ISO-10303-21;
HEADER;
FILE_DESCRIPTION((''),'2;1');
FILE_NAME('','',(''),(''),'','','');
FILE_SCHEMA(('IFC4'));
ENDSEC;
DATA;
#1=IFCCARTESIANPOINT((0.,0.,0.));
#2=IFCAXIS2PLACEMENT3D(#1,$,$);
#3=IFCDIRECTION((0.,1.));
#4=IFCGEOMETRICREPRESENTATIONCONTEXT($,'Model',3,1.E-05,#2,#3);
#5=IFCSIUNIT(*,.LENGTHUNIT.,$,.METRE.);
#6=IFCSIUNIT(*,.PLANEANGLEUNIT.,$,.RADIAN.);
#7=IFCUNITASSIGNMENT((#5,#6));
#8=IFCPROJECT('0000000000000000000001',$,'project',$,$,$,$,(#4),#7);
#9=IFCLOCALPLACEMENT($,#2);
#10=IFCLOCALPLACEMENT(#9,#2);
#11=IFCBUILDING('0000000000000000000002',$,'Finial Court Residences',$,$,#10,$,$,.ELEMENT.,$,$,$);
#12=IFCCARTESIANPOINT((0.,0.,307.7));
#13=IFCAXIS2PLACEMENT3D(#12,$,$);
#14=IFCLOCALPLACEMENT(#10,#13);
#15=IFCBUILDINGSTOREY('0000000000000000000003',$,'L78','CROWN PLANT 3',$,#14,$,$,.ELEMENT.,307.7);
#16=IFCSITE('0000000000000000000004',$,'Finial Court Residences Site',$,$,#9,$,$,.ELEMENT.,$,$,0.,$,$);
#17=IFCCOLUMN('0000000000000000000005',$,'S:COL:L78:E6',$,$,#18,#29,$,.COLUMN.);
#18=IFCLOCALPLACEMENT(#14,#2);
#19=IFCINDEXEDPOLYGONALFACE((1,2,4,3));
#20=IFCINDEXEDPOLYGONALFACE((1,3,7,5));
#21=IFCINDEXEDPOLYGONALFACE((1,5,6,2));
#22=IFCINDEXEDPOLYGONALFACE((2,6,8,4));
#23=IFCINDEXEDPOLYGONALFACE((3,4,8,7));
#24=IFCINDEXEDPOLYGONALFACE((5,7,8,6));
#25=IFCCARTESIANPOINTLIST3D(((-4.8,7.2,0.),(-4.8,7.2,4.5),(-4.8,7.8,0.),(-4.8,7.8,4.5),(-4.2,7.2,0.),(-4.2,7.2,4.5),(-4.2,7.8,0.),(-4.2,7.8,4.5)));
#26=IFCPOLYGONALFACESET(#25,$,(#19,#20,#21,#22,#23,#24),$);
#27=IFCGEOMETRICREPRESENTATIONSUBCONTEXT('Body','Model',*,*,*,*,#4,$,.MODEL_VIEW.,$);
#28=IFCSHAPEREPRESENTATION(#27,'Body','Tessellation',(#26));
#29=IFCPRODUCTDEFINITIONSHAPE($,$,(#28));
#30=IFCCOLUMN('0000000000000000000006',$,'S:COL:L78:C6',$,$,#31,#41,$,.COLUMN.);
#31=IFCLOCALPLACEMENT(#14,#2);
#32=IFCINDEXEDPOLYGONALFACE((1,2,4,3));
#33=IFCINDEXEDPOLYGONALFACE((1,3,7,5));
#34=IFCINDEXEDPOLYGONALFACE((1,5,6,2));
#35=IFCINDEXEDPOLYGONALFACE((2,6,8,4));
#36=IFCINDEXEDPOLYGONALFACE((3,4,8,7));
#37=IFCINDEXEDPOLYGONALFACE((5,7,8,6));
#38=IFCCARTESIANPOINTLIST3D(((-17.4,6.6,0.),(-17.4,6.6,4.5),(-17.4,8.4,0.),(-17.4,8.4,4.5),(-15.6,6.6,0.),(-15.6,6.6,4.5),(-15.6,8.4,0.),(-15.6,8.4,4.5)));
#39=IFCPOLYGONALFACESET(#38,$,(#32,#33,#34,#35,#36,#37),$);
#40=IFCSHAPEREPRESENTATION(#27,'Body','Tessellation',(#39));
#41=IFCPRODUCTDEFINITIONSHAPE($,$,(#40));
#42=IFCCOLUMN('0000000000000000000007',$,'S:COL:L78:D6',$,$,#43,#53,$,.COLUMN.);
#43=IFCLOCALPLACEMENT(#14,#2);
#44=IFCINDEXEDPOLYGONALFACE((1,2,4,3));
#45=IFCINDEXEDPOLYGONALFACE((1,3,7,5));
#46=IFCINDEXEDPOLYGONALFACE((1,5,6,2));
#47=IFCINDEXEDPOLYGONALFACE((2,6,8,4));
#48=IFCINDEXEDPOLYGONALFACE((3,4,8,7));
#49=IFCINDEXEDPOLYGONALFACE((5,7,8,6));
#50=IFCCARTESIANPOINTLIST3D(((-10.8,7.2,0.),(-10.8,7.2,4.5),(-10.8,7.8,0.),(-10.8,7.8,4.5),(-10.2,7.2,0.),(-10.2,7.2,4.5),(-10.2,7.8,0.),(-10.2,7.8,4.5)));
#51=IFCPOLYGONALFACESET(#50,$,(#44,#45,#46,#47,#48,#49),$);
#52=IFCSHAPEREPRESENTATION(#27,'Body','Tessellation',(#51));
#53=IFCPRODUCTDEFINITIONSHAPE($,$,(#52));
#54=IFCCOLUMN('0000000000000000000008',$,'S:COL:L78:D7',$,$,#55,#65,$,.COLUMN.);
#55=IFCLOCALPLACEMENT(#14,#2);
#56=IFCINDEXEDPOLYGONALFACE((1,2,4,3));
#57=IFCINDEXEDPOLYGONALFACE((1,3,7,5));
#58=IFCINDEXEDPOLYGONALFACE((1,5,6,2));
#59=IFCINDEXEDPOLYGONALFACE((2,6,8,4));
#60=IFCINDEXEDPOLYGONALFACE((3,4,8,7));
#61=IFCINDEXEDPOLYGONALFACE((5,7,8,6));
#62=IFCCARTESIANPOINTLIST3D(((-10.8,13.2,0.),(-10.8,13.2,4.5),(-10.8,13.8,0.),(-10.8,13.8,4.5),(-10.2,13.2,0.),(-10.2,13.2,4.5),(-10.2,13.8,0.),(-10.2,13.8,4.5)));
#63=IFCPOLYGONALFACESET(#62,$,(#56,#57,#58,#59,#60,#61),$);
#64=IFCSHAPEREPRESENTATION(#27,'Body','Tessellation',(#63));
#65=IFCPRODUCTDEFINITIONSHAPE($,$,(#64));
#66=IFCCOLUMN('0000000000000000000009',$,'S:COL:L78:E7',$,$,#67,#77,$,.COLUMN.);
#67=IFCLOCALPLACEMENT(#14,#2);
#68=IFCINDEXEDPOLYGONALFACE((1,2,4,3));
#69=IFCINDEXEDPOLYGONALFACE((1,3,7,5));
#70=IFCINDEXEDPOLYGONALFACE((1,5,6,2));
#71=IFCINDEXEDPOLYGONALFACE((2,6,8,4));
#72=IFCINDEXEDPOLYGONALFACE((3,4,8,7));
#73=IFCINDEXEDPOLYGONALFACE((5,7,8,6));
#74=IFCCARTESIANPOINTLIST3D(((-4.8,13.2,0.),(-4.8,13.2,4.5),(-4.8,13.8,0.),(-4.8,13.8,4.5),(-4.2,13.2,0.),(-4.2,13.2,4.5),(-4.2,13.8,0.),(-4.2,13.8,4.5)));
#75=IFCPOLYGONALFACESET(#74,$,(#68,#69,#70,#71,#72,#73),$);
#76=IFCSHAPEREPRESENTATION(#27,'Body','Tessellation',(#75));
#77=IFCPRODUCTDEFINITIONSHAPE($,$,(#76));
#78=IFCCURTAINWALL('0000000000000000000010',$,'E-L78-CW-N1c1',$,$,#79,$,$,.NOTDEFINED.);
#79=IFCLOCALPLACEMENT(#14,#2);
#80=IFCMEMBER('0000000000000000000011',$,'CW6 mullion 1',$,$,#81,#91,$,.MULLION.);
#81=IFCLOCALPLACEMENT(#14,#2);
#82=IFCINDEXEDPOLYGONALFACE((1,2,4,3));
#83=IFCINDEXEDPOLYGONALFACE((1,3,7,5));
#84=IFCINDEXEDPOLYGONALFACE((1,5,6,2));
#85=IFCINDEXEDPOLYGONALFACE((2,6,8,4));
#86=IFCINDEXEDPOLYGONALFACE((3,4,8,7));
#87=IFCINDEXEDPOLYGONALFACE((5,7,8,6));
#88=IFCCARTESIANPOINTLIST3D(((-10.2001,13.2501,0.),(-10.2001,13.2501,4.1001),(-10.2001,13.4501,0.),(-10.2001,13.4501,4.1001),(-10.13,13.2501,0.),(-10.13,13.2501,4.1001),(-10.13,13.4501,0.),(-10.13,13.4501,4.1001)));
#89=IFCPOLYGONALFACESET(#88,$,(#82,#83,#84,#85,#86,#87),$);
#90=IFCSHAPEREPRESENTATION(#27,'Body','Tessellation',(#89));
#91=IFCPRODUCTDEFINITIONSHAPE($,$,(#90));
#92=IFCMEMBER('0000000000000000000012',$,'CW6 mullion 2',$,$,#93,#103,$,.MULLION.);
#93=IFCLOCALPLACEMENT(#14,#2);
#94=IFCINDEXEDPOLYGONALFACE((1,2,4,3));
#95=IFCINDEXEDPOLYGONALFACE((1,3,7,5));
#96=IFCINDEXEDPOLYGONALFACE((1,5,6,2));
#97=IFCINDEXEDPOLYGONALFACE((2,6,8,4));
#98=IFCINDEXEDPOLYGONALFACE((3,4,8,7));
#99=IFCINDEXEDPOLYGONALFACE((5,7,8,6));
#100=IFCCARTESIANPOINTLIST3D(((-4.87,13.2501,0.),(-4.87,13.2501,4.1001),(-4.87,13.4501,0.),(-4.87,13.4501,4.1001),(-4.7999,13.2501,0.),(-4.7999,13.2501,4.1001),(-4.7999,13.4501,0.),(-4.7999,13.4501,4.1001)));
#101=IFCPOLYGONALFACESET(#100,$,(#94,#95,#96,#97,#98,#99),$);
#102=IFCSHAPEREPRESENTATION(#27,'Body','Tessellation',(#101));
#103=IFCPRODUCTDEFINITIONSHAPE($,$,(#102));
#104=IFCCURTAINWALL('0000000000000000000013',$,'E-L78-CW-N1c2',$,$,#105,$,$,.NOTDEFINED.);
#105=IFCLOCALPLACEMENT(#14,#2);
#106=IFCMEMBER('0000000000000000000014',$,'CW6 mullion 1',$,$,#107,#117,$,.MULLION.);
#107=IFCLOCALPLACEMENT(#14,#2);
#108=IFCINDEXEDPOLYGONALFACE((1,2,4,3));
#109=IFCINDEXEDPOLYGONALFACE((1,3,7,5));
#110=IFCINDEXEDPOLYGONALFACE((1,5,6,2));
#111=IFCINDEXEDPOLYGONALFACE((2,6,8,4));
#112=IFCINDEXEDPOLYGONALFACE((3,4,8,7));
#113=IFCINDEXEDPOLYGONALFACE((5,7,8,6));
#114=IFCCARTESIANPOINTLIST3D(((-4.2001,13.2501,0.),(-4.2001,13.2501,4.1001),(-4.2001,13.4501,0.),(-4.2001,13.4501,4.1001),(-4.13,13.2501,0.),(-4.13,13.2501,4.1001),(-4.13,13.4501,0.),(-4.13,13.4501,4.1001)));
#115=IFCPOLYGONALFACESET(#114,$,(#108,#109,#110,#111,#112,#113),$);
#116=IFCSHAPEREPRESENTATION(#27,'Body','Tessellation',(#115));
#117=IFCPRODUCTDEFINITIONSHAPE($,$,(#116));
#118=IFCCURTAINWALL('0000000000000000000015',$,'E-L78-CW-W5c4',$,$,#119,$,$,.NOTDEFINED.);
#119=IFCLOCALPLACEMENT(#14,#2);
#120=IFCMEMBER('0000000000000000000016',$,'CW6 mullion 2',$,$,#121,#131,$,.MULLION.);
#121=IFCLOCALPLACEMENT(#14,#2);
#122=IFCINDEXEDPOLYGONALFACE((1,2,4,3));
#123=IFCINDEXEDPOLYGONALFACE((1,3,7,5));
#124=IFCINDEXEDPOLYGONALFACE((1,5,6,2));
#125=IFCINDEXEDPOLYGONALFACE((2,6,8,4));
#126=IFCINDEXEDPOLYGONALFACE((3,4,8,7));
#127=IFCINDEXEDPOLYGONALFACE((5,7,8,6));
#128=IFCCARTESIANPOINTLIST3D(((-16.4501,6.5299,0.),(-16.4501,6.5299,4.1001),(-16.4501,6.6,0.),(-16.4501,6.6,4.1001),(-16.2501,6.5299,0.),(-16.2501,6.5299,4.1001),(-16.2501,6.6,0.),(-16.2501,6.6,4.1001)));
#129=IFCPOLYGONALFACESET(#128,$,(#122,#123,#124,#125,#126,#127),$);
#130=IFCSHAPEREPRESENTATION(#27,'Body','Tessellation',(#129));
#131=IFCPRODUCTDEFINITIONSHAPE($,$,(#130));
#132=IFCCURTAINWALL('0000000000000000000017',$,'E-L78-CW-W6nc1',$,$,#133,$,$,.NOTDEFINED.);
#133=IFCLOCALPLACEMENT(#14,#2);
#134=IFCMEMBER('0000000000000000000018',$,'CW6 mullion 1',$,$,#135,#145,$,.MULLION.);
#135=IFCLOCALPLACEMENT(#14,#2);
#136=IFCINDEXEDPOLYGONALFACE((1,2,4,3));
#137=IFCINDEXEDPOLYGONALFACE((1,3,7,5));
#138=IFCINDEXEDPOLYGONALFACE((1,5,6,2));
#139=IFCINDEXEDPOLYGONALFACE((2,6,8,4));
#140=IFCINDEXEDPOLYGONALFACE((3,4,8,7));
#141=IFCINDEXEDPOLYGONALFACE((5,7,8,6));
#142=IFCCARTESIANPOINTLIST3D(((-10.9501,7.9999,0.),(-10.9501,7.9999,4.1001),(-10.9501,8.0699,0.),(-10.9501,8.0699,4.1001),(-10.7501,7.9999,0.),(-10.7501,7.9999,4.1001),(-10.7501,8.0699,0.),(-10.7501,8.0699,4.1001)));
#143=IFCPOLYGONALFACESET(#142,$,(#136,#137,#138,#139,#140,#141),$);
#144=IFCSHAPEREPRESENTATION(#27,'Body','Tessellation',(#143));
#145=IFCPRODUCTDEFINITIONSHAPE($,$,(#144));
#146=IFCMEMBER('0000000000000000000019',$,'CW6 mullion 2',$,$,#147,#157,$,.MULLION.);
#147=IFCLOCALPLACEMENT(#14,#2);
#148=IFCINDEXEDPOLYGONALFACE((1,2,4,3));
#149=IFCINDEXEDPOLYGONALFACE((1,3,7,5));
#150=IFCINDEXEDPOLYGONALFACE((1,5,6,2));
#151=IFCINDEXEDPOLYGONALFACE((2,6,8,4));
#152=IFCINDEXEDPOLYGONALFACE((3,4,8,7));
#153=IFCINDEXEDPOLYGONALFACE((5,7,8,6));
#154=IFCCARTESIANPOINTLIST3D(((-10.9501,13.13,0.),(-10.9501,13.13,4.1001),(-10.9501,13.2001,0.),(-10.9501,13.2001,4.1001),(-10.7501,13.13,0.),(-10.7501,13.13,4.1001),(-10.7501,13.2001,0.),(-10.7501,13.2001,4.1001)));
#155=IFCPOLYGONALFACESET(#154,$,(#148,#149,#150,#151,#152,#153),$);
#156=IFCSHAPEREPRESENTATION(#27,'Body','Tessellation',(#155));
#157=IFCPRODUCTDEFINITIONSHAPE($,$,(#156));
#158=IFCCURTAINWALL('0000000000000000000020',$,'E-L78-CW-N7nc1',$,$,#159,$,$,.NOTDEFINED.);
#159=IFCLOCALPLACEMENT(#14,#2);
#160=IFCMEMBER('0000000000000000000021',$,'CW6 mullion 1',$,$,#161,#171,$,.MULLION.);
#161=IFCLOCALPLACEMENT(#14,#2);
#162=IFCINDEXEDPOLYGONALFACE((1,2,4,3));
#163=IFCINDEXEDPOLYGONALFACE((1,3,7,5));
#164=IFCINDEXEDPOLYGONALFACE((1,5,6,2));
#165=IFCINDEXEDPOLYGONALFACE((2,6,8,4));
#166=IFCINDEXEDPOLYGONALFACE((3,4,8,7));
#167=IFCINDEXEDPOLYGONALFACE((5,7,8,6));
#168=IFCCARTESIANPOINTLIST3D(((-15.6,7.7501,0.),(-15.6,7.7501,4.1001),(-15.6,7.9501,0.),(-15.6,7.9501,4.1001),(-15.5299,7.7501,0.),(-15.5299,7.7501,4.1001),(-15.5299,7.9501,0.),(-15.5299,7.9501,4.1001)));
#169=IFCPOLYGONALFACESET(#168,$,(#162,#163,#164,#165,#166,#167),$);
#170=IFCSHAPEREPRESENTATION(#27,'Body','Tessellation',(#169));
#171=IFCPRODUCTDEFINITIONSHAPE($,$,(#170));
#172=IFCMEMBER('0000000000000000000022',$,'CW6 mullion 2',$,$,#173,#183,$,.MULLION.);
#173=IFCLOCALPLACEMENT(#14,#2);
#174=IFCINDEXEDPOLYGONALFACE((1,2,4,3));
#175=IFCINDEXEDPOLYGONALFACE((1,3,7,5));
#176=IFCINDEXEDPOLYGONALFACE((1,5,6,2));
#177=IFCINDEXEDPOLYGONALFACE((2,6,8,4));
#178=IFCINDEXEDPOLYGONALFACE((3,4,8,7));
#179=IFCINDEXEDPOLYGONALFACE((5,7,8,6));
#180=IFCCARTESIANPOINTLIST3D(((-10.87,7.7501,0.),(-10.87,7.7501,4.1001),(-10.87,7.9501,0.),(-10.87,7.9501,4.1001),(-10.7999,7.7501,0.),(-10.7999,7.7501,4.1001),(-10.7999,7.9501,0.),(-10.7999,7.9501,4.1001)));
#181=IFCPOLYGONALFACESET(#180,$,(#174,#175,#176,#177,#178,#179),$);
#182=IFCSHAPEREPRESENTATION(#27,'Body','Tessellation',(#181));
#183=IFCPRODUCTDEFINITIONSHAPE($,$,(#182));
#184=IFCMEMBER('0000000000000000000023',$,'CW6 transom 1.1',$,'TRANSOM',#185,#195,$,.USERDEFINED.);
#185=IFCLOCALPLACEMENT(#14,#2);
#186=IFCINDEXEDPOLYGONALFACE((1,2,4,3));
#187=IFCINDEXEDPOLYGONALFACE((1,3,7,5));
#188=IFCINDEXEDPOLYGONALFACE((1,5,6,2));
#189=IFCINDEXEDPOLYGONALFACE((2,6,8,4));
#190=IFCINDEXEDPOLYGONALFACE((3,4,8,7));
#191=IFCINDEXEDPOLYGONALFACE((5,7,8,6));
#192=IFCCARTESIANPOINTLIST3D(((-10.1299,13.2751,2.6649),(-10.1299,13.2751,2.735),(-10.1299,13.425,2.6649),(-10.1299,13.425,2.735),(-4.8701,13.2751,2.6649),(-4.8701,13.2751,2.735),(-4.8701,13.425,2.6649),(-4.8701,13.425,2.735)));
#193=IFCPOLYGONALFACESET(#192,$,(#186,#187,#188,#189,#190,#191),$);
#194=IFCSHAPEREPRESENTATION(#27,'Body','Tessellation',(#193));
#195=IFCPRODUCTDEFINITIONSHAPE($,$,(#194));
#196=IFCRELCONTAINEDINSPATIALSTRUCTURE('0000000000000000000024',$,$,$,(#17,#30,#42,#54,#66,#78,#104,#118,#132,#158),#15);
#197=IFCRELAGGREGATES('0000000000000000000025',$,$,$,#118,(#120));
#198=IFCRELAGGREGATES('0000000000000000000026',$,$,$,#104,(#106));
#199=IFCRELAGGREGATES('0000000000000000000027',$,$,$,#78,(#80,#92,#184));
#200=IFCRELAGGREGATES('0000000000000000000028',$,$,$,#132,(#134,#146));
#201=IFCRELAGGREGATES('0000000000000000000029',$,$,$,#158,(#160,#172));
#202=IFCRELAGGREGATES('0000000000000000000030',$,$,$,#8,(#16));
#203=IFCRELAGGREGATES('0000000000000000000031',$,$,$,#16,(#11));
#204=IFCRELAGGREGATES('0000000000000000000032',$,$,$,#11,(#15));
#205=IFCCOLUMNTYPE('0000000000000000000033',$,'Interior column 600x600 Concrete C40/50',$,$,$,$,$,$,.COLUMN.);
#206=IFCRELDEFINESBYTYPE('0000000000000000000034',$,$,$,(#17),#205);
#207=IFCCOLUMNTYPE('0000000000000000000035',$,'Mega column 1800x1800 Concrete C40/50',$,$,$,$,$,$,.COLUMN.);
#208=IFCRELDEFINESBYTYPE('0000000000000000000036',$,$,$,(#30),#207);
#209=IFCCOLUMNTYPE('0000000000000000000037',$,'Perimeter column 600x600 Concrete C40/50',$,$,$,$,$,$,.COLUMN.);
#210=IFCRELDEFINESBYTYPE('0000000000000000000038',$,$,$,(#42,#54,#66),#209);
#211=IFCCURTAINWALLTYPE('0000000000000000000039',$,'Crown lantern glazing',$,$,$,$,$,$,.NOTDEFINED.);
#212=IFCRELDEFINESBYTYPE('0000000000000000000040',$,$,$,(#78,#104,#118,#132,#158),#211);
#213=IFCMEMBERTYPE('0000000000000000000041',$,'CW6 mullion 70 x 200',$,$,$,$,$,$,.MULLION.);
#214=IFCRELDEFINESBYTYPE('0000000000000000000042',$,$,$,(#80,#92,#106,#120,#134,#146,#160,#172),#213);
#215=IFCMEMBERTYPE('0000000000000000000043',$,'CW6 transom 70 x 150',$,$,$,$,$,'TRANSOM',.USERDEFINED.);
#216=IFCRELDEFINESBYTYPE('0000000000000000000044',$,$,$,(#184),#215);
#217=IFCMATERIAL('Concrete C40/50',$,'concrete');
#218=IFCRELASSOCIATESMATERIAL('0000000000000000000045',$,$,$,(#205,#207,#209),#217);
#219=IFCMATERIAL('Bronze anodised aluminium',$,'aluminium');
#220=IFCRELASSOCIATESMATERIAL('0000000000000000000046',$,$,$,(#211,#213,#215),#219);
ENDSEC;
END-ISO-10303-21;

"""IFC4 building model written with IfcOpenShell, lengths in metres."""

from ifc_helpers import new_model, si_unit, direction, frame, origin, origin_2d, place, context, subcontext, project, spatial, rectangle, extrude, material, material_profile, profile_set, type_object, element, aggregate, save


model = new_model("IFC4")

# Units and contexts
model_context = context("Model", 3, precision=1e-05, world=origin(), true_north=direction((0.0, 1.0)))
body_context = subcontext(model_context, "Body", "Model", "MODEL_VIEW")
ifc_project = project(units=[si_unit("LENGTHUNIT", "METRE"), si_unit("PLANEANGLEUNIT", "RADIAN")], contexts=[model_context])

# Site, building, storey
site_placement = place(None, origin())
site = spatial("IfcSite", under=ifc_project, at=site_placement, Name="Finial Court Residences Site", CompositionType="ELEMENT", RefElevation=0.0)
building_placement = place(site_placement, origin())
building = spatial("IfcBuilding", under=site, at=building_placement, Name="Finial Court Residences", CompositionType="ELEMENT")
storey_placement = place(building_placement, frame((0.0, 0.0, 307.7)))
storey = spatial("IfcBuildingStorey", under=building, at=storey_placement, Name="L78", Description="CROWN PLANT 3", CompositionType="ELEMENT", Elevation=307.7)

# Columns
ifc_material_1 = material(Name="Concrete C40/50", Category="concrete")
ifc_material_profile_1 = material_profile(ifc_material_1, rectangle(XDim=0.6001, YDim=0.6001, at=origin_2d()), Name="600x600")
ifc_profile_set_1 = profile_set([ifc_material_profile_1], Name="Concrete C40/50")
column_type_1 = type_object("IfcColumnType", Name="Interior column 600x600 Concrete C40/50", PredefinedType="COLUMN", material=ifc_profile_set_1)
column_1_placement = place(storey_placement, frame((-4.5, 7.5, 0.0), z_axis=(0.0, 0.0, 1.0), x_axis=(1.0, 0.0, 0.0)))
element("IfcColumn", 1, at=column_1_placement, inside=storey, type_object=column_type_1, Name="S:COL:L78:E6", PredefinedType="COLUMN", context=body_context, shape_type="SweptSolid", body=[
    extrude(rectangle(XDim=0.6001, YDim=0.6001, at=origin_2d()), origin(), (0.0, 0.0, 1.0), 4.5),
])
ifc_material_profile_2 = material_profile(ifc_material_1, rectangle(XDim=1.8, YDim=1.8, at=origin_2d()), Name="1800x1800")
ifc_profile_set_2 = profile_set([ifc_material_profile_2], Name="Concrete C40/50")
column_type_2 = type_object("IfcColumnType", Name="Mega column 1800x1800 Concrete C40/50", PredefinedType="COLUMN", material=ifc_profile_set_2)
column_2_placement = place(storey_placement, frame((-16.5, 7.5, 0.0), z_axis=(0.0, 0.0, 1.0), x_axis=(1.0, 0.0, 0.0)))
element("IfcColumn", 2, at=column_2_placement, inside=storey, type_object=column_type_2, Name="S:COL:L78:C6", PredefinedType="COLUMN", context=body_context, shape_type="SweptSolid", body=[
    extrude(rectangle(XDim=1.8, YDim=1.8, at=origin_2d()), origin(), (0.0, 0.0, 1.0), 4.5),
])
ifc_material_profile_3 = material_profile(ifc_material_1, rectangle(XDim=0.6001, YDim=0.6001, at=origin_2d()), Name="600x600")
ifc_profile_set_3 = profile_set([ifc_material_profile_3], Name="Concrete C40/50")
column_type_3 = type_object("IfcColumnType", Name="Perimeter column 600x600 Concrete C40/50", PredefinedType="COLUMN", material=ifc_profile_set_3)
for number, where, z_axis, x_axis, name in (
    (3, (-10.5, 7.5, 0.0), (0.0, 0.0, 1.0), (1.0, 0.0, 0.0), "S:COL:L78:D6"),
    (4, (-10.5, 13.5, 0.0), (0.0, 0.0, 1.0), (1.0, 0.0, 0.0), "S:COL:L78:D7"),
    (5, (-4.5, 13.5, 0.0), (0.0, 0.0, 1.0), (1.0, 0.0, 0.0), "S:COL:L78:E7"),
):
    element("IfcColumn", number, at=place(storey_placement, frame(where, z_axis=z_axis, x_axis=x_axis)), inside=storey, type_object=column_type_3, Name=name, PredefinedType="COLUMN", context=body_context, shape_type="SweptSolid", body=[
        extrude(rectangle(XDim=0.6001, YDim=0.6001, at=origin_2d()), origin(), (0.0, 0.0, 1.0), 4.5),
    ])

# Curtain wall, members
ifc_material_2 = material(Name="Bronze anodised aluminium", Category="aluminium")
curtain_wall_type = type_object("IfcCurtainWallType", Name="Crown lantern glazing", PredefinedType="NOTDEFINED", material=ifc_material_2)
curtain_wall_1_placement = place(storey_placement, origin())
curtain_wall_1 = element("IfcCurtainWall", 6, at=curtain_wall_1_placement, inside=storey, type_object=curtain_wall_type, Name="E-L78-CW-N1c1", PredefinedType="NOTDEFINED")
ifc_material_profile_4 = material_profile(ifc_material_2, rectangle(XDim=0.2, YDim=0.0701, at=origin_2d()), Name="CW6 mullion 70 x 200")
ifc_profile_set_4 = profile_set([ifc_material_profile_4], Name="Bronze anodised aluminium")
member_type_1 = type_object("IfcMemberType", Name="CW6 mullion 70 x 200", PredefinedType="MULLION", material=ifc_profile_set_4)
member_1_placement = place(storey_placement, frame((-10.165, 13.3501, 0.0), z_axis=(0.0, 0.0, 1.0), x_axis=(0.0, 1.0, 0.0)))
member_1 = element("IfcMember", 7, at=member_1_placement, type_object=member_type_1, Name="CW6 mullion 1", PredefinedType="MULLION", context=body_context, shape_type="SweptSolid", body=[
    extrude(rectangle(XDim=0.2, YDim=0.0701, at=origin_2d()), origin(), (0.0, 0.0, 1.0), 4.1001),
])
member_2_placement = place(storey_placement, frame((-4.835, 13.3501, 0.0), z_axis=(0.0, 0.0, 1.0), x_axis=(0.0, 1.0, 0.0)))
member_2 = element("IfcMember", 8, at=member_2_placement, type_object=member_type_1, Name="CW6 mullion 2", PredefinedType="MULLION", context=body_context, shape_type="SweptSolid", body=[
    extrude(rectangle(XDim=0.2, YDim=0.0701, at=origin_2d()), origin(), (0.0, 0.0, 1.0), 4.1001),
])

# Curtain walls, members
curtain_wall_2_placement = place(storey_placement, origin())
curtain_wall_2 = element("IfcCurtainWall", 9, at=curtain_wall_2_placement, inside=storey, type_object=curtain_wall_type, Name="E-L78-CW-N1c2", PredefinedType="NOTDEFINED")
member_3_placement = place(storey_placement, frame((-4.165, 13.3501, 0.0), z_axis=(0.0, 0.0, 1.0), x_axis=(0.0, 1.0, 0.0)))
member_3 = element("IfcMember", 10, at=member_3_placement, type_object=member_type_1, Name="CW6 mullion 1", PredefinedType="MULLION", context=body_context, shape_type="SweptSolid", body=[
    extrude(rectangle(XDim=0.2, YDim=0.0701, at=origin_2d()), origin(), (0.0, 0.0, 1.0), 4.1001),
])
curtain_wall_3_placement = place(storey_placement, origin())
curtain_wall_3 = element("IfcCurtainWall", 11, at=curtain_wall_3_placement, inside=storey, type_object=curtain_wall_type, Name="E-L78-CW-W5c4", PredefinedType="NOTDEFINED")
member_4_placement = place(storey_placement, frame((-16.3501, 6.5649, 0.0), z_axis=(0.0, 0.0, 1.0), x_axis=(-1.0, 0.0, 0.0)))
member_4 = element("IfcMember", 12, at=member_4_placement, type_object=member_type_1, Name="CW6 mullion 2", PredefinedType="MULLION", context=body_context, shape_type="SweptSolid", body=[
    extrude(rectangle(XDim=0.2, YDim=0.0701, at=origin_2d()), origin(), (0.0, 0.0, 1.0), 4.1001),
])
aggregate(curtain_wall_3, [member_4])

# Curtain walls, members
curtain_wall_4_placement = place(storey_placement, origin())
curtain_wall_4 = element("IfcCurtainWall", 13, at=curtain_wall_4_placement, inside=storey, type_object=curtain_wall_type, Name="E-L78-CW-W6nc1", PredefinedType="NOTDEFINED")
member_5_placement = place(storey_placement, frame((-10.8501, 8.0349, 0.0), z_axis=(0.0, 0.0, 1.0), x_axis=(-1.0, 0.0, 0.0)))
member_5 = element("IfcMember", 14, at=member_5_placement, type_object=member_type_1, Name="CW6 mullion 1", PredefinedType="MULLION", context=body_context, shape_type="SweptSolid", body=[
    extrude(rectangle(XDim=0.2, YDim=0.0701, at=origin_2d()), origin(), (0.0, 0.0, 1.0), 4.1001),
])
member_6_placement = place(storey_placement, frame((-10.8501, 13.165, 0.0), z_axis=(0.0, 0.0, 1.0), x_axis=(-1.0, 0.0, 0.0)))
member_6 = element("IfcMember", 15, at=member_6_placement, type_object=member_type_1, Name="CW6 mullion 2", PredefinedType="MULLION", context=body_context, shape_type="SweptSolid", body=[
    extrude(rectangle(XDim=0.2, YDim=0.0701, at=origin_2d()), origin(), (0.0, 0.0, 1.0), 4.1001),
])
curtain_wall_5_placement = place(storey_placement, origin())
curtain_wall_5 = element("IfcCurtainWall", 16, at=curtain_wall_5_placement, inside=storey, type_object=curtain_wall_type, Name="E-L78-CW-N7nc1", PredefinedType="NOTDEFINED")
member_7_placement = place(storey_placement, frame((-15.5649, 7.8501, 0.0), z_axis=(0.0, 0.0, 1.0), x_axis=(0.0, 1.0, 0.0)))
member_7 = element("IfcMember", 17, at=member_7_placement, type_object=member_type_1, Name="CW6 mullion 1", PredefinedType="MULLION", context=body_context, shape_type="SweptSolid", body=[
    extrude(rectangle(XDim=0.2, YDim=0.0701, at=origin_2d()), origin(), (0.0, 0.0, 1.0), 4.1001),
])
member_8_placement = place(storey_placement, frame((-10.835, 7.8501, 0.0), z_axis=(0.0, 0.0, 1.0), x_axis=(0.0, 1.0, 0.0)))
member_8 = element("IfcMember", 18, at=member_8_placement, type_object=member_type_1, Name="CW6 mullion 2", PredefinedType="MULLION", context=body_context, shape_type="SweptSolid", body=[
    extrude(rectangle(XDim=0.2, YDim=0.0701, at=origin_2d()), origin(), (0.0, 0.0, 1.0), 4.1001),
])

# Member
ifc_material_profile_5 = material_profile(ifc_material_2, rectangle(XDim=0.1499, YDim=0.0701, at=origin_2d()), Name="CW6 transom 70 x 150")
ifc_profile_set_5 = profile_set([ifc_material_profile_5], Name="Bronze anodised aluminium")
member_type_2 = type_object("IfcMemberType", Name="CW6 transom 70 x 150", ElementType="TRANSOM", PredefinedType="USERDEFINED", material=ifc_profile_set_5)
member_9_placement = place(storey_placement, frame((-10.1299, 13.3501, 2.7), z_axis=(1.0, 0.0, 0.0), x_axis=(0.0, 1.0, 0.0)))
member_9 = element("IfcMember", 19, at=member_9_placement, type_object=member_type_2, Name="CW6 transom 1.1", ObjectType="TRANSOM", PredefinedType="USERDEFINED", context=body_context, shape_type="SweptSolid", body=[
    extrude(rectangle(XDim=0.1499, YDim=0.0701, at=origin_2d()), origin(), (0.0, 0.0, 1.0), 5.2598),
])
aggregate(curtain_wall_2, [member_3])

aggregate(curtain_wall_1, [member_1, member_2, member_9])
aggregate(curtain_wall_4, [member_5, member_6])
aggregate(curtain_wall_5, [member_7, member_8])

save(model, "model.ifc")
